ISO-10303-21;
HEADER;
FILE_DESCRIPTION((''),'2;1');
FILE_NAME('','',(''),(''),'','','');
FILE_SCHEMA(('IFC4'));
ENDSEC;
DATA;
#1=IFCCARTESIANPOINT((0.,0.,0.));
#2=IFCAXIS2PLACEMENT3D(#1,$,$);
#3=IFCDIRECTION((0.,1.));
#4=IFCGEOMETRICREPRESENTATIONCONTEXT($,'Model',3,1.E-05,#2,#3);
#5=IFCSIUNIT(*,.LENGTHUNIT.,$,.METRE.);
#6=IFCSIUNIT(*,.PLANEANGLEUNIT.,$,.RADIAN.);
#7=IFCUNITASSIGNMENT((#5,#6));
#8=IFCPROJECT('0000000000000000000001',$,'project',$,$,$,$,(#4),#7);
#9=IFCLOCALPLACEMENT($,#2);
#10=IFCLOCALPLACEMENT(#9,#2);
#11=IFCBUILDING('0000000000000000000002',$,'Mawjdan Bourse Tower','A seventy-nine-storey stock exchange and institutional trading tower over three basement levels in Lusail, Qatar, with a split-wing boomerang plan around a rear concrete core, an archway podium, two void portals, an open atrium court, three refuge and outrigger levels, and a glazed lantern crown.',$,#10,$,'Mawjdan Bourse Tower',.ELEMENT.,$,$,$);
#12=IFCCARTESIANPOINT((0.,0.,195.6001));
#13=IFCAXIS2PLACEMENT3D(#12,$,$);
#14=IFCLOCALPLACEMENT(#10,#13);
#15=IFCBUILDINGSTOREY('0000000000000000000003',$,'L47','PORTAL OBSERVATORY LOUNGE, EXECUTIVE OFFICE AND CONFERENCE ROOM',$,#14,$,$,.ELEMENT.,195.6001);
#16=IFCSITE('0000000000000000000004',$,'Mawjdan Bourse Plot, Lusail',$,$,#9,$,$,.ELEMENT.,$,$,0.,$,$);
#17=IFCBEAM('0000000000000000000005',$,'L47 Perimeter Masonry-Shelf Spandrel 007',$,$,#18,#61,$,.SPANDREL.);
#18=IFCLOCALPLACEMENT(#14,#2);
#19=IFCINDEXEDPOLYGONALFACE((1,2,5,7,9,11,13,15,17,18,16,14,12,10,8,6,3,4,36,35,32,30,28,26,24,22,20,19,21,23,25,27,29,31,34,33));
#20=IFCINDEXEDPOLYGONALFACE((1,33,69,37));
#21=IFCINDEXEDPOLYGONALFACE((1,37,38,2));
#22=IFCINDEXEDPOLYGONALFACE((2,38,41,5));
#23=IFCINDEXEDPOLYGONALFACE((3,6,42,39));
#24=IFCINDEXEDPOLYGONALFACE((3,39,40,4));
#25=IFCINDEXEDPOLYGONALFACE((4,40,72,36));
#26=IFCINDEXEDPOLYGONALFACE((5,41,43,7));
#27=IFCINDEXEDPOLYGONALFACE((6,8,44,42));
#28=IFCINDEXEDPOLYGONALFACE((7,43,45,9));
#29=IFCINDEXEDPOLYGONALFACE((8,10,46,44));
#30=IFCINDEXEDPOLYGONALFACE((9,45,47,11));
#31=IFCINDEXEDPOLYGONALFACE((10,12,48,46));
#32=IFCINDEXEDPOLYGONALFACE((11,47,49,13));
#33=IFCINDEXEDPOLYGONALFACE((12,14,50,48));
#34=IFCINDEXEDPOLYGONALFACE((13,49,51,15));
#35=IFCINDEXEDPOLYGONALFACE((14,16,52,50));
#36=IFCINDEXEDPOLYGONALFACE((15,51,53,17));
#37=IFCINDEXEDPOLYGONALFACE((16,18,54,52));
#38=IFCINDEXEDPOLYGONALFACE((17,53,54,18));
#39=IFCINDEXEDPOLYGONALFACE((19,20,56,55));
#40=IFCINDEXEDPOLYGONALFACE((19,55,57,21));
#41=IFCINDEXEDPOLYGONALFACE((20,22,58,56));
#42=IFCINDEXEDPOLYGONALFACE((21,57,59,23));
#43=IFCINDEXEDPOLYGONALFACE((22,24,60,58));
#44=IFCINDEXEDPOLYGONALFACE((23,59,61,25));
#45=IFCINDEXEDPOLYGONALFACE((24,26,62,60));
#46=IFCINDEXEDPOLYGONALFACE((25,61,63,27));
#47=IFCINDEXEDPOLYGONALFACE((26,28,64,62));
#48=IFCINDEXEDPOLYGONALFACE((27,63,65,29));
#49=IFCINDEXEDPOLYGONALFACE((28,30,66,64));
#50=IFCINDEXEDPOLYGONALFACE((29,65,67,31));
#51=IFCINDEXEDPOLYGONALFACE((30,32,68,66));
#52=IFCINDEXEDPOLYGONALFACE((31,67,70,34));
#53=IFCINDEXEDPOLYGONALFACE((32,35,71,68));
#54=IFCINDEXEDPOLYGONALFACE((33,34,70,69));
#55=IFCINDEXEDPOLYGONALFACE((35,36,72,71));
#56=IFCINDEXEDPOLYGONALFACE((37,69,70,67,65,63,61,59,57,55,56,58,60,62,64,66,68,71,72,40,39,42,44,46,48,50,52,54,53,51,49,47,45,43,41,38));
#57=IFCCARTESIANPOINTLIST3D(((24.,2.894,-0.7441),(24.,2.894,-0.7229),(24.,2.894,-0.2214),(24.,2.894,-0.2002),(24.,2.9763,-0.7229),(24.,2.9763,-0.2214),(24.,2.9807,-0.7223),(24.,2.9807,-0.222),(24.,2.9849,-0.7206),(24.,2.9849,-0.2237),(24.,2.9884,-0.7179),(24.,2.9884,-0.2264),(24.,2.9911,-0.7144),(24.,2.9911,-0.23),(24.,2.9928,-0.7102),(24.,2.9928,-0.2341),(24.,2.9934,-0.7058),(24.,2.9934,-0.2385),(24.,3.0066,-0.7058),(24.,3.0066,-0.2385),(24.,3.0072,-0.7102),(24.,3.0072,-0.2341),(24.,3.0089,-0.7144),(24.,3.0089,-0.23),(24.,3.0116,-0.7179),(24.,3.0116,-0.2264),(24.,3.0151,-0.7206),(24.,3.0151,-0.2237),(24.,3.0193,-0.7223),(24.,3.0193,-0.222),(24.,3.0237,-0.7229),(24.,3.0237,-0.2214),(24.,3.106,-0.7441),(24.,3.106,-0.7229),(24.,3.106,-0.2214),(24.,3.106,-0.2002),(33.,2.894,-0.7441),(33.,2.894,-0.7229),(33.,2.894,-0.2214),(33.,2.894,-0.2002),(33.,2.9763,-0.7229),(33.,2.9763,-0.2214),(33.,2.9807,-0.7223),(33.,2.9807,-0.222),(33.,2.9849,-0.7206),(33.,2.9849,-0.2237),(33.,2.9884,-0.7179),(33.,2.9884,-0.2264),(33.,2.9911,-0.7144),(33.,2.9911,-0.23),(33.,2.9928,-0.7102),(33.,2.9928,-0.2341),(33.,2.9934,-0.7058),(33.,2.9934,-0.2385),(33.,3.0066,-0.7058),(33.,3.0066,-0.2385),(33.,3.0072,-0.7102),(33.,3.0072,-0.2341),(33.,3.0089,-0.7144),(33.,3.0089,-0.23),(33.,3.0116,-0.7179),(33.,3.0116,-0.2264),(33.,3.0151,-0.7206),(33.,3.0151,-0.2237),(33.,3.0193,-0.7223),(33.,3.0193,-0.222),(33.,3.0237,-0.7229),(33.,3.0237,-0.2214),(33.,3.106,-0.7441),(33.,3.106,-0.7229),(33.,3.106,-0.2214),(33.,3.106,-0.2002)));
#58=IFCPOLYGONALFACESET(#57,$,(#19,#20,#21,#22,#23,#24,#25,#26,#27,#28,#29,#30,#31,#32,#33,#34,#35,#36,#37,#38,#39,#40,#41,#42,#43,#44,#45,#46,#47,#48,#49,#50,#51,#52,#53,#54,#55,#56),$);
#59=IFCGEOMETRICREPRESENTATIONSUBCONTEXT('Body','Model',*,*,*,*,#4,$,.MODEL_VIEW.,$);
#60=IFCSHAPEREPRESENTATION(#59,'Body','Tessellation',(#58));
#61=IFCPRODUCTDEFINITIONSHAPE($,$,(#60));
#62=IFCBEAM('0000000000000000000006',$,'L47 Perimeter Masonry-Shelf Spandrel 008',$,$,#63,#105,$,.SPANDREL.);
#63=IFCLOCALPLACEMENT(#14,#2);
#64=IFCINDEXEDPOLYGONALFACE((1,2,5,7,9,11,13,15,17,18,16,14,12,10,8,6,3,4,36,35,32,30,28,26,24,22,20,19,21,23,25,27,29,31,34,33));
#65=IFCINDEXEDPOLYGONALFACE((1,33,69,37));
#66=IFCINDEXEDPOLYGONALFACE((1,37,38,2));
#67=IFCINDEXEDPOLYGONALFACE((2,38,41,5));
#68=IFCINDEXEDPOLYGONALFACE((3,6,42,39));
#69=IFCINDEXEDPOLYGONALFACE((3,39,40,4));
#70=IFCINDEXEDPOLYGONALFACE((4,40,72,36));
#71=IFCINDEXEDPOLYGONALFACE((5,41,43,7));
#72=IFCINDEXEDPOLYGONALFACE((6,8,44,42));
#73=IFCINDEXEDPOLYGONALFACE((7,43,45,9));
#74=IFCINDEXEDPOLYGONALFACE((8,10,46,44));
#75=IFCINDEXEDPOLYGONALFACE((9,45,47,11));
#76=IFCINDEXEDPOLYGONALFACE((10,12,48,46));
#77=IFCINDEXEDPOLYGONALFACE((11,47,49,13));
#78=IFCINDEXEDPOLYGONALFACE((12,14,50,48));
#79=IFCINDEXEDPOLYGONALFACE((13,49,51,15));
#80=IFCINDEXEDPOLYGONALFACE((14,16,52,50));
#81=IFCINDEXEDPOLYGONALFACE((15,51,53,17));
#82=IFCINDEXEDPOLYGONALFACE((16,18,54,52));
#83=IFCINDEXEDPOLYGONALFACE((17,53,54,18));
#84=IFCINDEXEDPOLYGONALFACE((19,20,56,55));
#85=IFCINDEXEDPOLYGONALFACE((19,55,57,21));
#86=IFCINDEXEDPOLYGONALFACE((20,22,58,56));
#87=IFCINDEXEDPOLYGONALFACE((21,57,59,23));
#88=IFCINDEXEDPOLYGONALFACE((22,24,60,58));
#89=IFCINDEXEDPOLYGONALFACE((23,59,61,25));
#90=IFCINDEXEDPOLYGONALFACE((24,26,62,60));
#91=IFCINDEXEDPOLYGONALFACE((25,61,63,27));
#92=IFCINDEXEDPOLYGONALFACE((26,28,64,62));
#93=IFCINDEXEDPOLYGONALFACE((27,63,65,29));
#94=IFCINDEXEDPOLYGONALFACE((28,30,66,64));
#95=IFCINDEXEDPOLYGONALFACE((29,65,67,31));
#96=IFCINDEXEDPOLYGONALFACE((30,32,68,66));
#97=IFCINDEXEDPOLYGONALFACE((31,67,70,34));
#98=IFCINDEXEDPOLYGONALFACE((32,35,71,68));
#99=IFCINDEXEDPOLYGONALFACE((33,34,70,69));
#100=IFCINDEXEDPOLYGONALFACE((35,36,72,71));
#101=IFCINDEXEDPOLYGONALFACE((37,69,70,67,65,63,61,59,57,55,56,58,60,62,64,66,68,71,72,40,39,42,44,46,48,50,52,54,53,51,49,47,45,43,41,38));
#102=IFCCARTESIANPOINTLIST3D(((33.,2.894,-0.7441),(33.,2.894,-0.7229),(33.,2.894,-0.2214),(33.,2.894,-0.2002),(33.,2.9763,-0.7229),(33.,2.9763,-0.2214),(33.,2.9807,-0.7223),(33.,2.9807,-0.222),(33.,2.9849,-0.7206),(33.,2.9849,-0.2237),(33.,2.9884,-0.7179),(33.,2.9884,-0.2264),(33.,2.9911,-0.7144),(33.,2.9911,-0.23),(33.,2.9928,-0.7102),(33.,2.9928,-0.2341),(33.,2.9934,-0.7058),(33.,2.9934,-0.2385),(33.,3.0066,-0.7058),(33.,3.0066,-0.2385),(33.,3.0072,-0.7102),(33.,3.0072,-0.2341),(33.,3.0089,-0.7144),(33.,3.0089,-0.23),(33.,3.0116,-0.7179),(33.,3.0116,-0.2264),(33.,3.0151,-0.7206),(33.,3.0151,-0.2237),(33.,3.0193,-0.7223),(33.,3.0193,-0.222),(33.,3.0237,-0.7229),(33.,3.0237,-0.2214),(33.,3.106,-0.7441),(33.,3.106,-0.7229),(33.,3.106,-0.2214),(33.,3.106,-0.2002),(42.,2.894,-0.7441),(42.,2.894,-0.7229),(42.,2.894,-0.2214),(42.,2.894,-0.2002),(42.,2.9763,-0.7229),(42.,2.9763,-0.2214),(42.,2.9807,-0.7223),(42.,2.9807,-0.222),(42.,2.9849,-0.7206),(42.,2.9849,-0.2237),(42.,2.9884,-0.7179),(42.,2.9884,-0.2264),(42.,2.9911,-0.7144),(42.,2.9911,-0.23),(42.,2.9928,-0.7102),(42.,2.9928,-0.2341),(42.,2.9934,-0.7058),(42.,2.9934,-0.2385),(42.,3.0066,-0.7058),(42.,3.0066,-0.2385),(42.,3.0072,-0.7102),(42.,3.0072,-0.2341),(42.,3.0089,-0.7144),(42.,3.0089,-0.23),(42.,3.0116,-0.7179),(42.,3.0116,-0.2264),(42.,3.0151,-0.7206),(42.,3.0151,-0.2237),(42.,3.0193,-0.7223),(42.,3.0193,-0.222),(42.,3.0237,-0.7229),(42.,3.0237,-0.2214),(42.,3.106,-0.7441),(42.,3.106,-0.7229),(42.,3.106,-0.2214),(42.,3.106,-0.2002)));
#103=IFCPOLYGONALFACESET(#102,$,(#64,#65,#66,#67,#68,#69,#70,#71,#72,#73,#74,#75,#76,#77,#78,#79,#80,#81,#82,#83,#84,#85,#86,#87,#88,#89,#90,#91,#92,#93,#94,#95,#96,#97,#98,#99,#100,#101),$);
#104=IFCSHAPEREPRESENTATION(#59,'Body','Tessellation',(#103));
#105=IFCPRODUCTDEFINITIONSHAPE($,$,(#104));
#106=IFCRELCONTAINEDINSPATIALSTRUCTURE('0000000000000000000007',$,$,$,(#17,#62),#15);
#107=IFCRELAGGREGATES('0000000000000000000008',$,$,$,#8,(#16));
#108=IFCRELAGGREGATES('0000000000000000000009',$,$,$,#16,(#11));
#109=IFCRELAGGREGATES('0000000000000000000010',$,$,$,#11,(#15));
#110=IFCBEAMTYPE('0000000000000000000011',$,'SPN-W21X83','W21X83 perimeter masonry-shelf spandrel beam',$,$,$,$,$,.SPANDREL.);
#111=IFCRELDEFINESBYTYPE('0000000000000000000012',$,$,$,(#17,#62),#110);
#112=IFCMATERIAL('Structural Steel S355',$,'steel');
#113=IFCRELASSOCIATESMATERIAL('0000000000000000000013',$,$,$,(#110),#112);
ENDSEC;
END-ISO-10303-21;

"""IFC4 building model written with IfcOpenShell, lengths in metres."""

from ifc_helpers import new_model, si_unit, direction, frame, origin, origin_2d, place, context, subcontext, project, spatial, i_section, extrude, material, material_profile, profile_set, type_object, element, save


model = new_model("IFC4")

# Units and contexts
model_context = context("Model", 3, precision=1e-05, world=origin(), true_north=direction((0.0, 1.0)))
body_context = subcontext(model_context, "Body", "Model", "MODEL_VIEW")
ifc_project = project(units=[si_unit("LENGTHUNIT", "METRE"), si_unit("PLANEANGLEUNIT", "RADIAN")], contexts=[model_context])

# Site, building, storey
site_placement = place(None, origin())
site = spatial("IfcSite", under=ifc_project, at=site_placement, Name="Mawjdan Bourse Plot, Lusail", CompositionType="ELEMENT", RefElevation=0.0)
building_placement = place(site_placement, origin())
building = spatial("IfcBuilding", under=site, at=building_placement, Name="Mawjdan Bourse Tower", Description="A seventy-nine-storey stock exchange and institutional trading tower over three basement levels in Lusail, Qatar, with a split-wing boomerang plan around a rear concrete core, an archway podium, two void portals, an open atrium court, three refuge and outrigger levels, and a glazed lantern crown.", LongName="Mawjdan Bourse Tower", CompositionType="ELEMENT")
storey_placement = place(building_placement, frame((0.0, 0.0, 195.6001)))
storey = spatial("IfcBuildingStorey", under=building, at=storey_placement, Name="L47", Description="PORTAL OBSERVATORY LOUNGE, EXECUTIVE OFFICE AND CONFERENCE ROOM", CompositionType="ELEMENT", Elevation=195.6001)

# Beams
ifc_material_1 = material(Name="Structural Steel S355", Category="steel")
ifc_material_profile_1 = material_profile(ifc_material_1, i_section(OverallWidth=0.2119, OverallDepth=0.5439, WebThickness=0.0132, FlangeThickness=0.0212, FilletRadius=0.0171, at=origin_2d()), Name="W21X83")
ifc_profile_set_1 = profile_set([ifc_material_profile_1], Name="Structural Steel S355")
beam_type_1 = type_object("IfcBeamType", Name="SPN-W21X83", Description="W21X83 perimeter masonry-shelf spandrel beam", PredefinedType="SPANDREL", material=ifc_profile_set_1)
for number, where, z_axis, x_axis, name in (
    (1, (24.0, 3.0, -0.4722), (1.0, 0.0, 0.0), (0.0, 1.0, 0.0), "L47 Perimeter Masonry-Shelf Spandrel 007"),
    (2, (33.0, 3.0, -0.4722), (1.0, 0.0, 0.0), (0.0, 1.0, 0.0), "L47 Perimeter Masonry-Shelf Spandrel 008"),
):
    element("IfcBeam", number, at=place(storey_placement, frame(where, z_axis=z_axis, x_axis=x_axis)), inside=storey, type_object=beam_type_1, Name=name, PredefinedType="SPANDREL", context=body_context, shape_type="SweptSolid", body=[
        extrude(i_section(OverallWidth=0.2119, OverallDepth=0.5439, WebThickness=0.0132, FlangeThickness=0.0212, FilletRadius=0.0171, at=origin_2d()), origin(), (0.0, 0.0, 1.0), 9.0),
    ])

save(model, "model.ifc")
